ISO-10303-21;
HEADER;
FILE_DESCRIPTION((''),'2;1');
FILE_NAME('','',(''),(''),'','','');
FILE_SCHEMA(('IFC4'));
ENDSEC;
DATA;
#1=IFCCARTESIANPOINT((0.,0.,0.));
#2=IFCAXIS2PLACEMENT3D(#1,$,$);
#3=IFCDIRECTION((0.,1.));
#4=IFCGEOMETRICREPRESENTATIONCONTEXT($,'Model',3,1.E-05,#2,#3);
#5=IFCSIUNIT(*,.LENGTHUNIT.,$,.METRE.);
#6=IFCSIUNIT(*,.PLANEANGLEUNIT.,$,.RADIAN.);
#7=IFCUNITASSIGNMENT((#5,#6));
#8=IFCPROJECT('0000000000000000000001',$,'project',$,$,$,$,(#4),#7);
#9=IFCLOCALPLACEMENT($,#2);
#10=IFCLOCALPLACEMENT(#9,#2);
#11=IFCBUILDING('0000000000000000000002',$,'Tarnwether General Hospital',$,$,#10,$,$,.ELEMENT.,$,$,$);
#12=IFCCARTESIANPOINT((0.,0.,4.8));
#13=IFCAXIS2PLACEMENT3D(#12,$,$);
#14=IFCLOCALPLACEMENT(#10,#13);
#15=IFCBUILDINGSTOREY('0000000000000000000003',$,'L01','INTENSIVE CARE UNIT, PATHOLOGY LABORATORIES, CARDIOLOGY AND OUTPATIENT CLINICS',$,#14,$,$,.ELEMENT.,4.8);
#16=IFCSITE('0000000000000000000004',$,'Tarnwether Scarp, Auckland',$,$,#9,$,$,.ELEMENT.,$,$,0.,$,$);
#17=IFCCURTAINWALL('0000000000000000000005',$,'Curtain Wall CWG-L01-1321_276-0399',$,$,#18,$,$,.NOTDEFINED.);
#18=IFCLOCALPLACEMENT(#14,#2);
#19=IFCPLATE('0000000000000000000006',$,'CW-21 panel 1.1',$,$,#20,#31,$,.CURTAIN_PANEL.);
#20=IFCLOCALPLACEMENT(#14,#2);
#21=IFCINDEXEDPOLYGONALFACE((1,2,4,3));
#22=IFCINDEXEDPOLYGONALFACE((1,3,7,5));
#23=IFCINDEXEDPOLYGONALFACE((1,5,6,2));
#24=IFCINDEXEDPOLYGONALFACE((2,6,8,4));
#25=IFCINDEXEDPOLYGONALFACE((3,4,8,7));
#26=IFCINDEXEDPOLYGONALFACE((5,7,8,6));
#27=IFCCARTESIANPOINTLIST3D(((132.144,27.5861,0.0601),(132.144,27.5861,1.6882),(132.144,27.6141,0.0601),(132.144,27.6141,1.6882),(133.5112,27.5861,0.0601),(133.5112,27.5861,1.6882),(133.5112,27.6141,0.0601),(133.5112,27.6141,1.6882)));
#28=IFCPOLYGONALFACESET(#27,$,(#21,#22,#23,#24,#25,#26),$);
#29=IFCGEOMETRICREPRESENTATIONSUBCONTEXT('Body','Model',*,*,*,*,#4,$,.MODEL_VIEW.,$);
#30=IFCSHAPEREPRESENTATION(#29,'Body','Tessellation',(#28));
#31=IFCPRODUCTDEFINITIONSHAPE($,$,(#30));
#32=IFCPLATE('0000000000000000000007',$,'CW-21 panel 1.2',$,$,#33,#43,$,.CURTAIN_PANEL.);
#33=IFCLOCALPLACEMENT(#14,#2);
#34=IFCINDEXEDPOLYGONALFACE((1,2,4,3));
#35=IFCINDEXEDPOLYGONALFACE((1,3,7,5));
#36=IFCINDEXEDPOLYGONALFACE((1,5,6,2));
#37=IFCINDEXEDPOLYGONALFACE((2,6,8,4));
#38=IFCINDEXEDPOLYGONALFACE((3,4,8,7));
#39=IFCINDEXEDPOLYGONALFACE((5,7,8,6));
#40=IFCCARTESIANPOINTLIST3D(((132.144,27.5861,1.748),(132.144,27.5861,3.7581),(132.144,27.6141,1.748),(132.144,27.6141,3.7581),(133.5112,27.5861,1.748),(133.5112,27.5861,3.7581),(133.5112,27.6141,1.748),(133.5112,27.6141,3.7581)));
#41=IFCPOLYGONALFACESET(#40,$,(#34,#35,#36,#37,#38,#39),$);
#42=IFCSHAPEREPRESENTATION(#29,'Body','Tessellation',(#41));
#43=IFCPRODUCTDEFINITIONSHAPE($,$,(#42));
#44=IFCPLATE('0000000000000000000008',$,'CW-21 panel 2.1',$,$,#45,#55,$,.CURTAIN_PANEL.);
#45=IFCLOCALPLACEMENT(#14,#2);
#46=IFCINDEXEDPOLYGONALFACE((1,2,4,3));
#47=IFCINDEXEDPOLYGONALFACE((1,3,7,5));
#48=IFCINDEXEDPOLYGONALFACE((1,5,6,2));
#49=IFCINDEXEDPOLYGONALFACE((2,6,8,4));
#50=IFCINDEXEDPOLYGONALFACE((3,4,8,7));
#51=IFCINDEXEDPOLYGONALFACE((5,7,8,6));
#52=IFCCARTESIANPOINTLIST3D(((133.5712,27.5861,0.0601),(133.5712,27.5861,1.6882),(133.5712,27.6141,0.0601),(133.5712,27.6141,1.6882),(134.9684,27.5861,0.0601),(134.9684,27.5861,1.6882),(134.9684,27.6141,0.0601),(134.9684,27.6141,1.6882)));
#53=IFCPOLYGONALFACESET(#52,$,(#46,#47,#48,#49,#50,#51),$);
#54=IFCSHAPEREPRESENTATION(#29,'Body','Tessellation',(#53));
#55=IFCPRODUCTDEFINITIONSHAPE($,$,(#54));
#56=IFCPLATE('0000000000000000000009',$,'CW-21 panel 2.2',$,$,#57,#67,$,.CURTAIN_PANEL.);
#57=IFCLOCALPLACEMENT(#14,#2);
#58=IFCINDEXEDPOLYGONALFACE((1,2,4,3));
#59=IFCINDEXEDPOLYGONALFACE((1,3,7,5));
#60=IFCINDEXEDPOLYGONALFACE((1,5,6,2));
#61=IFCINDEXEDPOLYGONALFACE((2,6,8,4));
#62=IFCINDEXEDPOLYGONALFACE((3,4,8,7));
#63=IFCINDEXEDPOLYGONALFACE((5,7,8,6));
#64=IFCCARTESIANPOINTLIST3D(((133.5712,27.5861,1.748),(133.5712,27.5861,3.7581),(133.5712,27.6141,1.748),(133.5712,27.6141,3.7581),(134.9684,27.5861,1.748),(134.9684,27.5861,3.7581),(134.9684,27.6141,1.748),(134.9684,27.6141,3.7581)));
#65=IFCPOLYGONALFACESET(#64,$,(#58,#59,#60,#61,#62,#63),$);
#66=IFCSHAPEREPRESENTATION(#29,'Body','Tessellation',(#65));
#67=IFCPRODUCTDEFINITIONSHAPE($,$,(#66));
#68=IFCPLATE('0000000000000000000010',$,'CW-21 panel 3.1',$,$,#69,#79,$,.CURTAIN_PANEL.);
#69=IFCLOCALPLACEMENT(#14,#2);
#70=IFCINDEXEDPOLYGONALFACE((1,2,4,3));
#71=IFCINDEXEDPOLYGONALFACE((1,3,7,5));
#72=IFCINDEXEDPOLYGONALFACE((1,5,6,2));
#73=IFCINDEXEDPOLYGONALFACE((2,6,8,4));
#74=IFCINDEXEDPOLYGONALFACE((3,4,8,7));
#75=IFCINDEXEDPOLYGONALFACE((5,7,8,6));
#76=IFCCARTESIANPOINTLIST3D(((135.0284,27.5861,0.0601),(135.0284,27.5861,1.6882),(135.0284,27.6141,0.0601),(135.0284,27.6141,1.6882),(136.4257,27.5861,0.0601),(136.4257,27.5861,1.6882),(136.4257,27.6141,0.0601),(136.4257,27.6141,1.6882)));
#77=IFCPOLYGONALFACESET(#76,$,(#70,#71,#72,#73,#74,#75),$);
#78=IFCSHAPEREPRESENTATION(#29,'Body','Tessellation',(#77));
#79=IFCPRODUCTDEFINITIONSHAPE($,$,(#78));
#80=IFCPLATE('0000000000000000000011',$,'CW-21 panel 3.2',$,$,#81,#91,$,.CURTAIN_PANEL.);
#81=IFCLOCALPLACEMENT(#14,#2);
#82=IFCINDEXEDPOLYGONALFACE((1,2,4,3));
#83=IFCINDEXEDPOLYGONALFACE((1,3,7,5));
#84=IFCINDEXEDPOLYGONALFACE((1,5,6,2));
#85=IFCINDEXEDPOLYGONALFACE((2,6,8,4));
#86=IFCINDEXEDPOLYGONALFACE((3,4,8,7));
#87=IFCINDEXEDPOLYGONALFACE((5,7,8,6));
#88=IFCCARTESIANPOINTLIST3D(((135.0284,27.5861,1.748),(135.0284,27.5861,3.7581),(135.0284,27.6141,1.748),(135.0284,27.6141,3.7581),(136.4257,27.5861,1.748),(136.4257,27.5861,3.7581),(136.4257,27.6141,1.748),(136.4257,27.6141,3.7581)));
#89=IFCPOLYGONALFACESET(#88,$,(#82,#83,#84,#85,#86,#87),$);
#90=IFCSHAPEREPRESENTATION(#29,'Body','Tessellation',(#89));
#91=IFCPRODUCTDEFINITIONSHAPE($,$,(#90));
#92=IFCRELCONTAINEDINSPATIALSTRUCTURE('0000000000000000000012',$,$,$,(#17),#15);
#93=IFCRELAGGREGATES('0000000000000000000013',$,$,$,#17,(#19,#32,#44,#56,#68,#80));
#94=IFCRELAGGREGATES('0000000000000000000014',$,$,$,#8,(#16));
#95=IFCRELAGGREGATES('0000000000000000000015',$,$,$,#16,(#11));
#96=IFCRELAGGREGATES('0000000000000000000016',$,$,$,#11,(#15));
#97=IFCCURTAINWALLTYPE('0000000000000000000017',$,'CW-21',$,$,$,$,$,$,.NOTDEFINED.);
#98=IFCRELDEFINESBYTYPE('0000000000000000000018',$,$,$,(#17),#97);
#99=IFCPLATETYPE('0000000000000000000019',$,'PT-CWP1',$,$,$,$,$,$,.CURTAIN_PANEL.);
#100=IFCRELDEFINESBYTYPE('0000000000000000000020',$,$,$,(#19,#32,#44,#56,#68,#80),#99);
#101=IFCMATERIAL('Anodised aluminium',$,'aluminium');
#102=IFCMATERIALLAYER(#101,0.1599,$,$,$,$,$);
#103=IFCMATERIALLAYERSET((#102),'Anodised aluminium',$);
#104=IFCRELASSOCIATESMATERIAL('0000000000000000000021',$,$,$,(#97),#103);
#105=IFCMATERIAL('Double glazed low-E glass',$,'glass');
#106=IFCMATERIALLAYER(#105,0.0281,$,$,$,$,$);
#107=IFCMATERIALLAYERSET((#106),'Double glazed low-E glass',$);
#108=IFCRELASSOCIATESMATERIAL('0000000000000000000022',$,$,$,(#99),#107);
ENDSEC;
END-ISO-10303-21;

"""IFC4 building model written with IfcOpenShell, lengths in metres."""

from ifc_helpers import new_model, si_unit, direction, frame, origin, origin_2d, place, context, subcontext, project, spatial, rectangle, extrude, material, layer, layer_set, type_object, element, aggregate, save


model = new_model("IFC4")

# Units and contexts
model_context = context("Model", 3, precision=1e-05, world=origin(), true_north=direction((0.0, 1.0)))
body_context = subcontext(model_context, "Body", "Model", "MODEL_VIEW")
ifc_project = project(units=[si_unit("LENGTHUNIT", "METRE"), si_unit("PLANEANGLEUNIT", "RADIAN")], contexts=[model_context])

# Site, building, storey
site_placement = place(None, origin())
site = spatial("IfcSite", under=ifc_project, at=site_placement, Name="Tarnwether Scarp, Auckland", CompositionType="ELEMENT", RefElevation=0.0)
building_placement = place(site_placement, origin())
building = spatial("IfcBuilding", under=site, at=building_placement, Name="Tarnwether General Hospital", CompositionType="ELEMENT")
storey_placement = place(building_placement, frame((0.0, 0.0, 4.8)))
storey = spatial("IfcBuildingStorey", under=building, at=storey_placement, Name="L01", Description="INTENSIVE CARE UNIT, PATHOLOGY LABORATORIES, CARDIOLOGY AND OUTPATIENT CLINICS", CompositionType="ELEMENT", Elevation=4.8)

# Curtain wall, plates
ifc_material_1 = material(Name="Anodised aluminium", Category="aluminium")
ifc_layer_1 = layer(ifc_material_1, 0.1599)
ifc_layer_set_1 = layer_set([ifc_layer_1], Name="Anodised aluminium")
curtain_wall_type = type_object("IfcCurtainWallType", Name="CW-21", PredefinedType="NOTDEFINED", material=ifc_layer_set_1)
curtain_wall_placement = place(storey_placement, origin())
curtain_wall = element("IfcCurtainWall", 1, at=curtain_wall_placement, inside=storey, type_object=curtain_wall_type, Name="Curtain Wall CWG-L01-1321_276-0399", PredefinedType="NOTDEFINED")
ifc_material_2 = material(Name="Double glazed low-E glass", Category="glass")
ifc_layer_2 = layer(ifc_material_2, 0.0281)
ifc_layer_set_2 = layer_set([ifc_layer_2], Name="Double glazed low-E glass")
plate_type = type_object("IfcPlateType", Name="PT-CWP1", PredefinedType="CURTAIN_PANEL", material=ifc_layer_set_2)
plate_1_placement = place(storey_placement, frame((132.8276, 27.6001, 0.0601), z_axis=(0.0, 0.0, 1.0), x_axis=(1.0, 0.0, 0.0)))
plate_1 = element("IfcPlate", 2, at=plate_1_placement, type_object=plate_type, Name="CW-21 panel 1.1", PredefinedType="CURTAIN_PANEL", context=body_context, shape_type="SweptSolid", body=[
    extrude(rectangle(XDim=1.3672, YDim=0.0281, at=origin_2d()), origin(), (0.0, 0.0, 1.0), 1.6282),
])
plate_2_placement = place(storey_placement, frame((132.8276, 27.6001, 1.748), z_axis=(0.0, 0.0, 1.0), x_axis=(1.0, 0.0, 0.0)))
plate_2 = element("IfcPlate", 3, at=plate_2_placement, type_object=plate_type, Name="CW-21 panel 1.2", PredefinedType="CURTAIN_PANEL", context=body_context, shape_type="SweptSolid", body=[
    extrude(rectangle(XDim=1.3672, YDim=0.0281, at=origin_2d()), origin(), (0.0, 0.0, 1.0), 2.01),
])
plate_3_placement = place(storey_placement, frame((134.2698, 27.6001, 0.0601), z_axis=(0.0, 0.0, 1.0), x_axis=(1.0, 0.0, 0.0)))
plate_3 = element("IfcPlate", 4, at=plate_3_placement, type_object=plate_type, Name="CW-21 panel 2.1", PredefinedType="CURTAIN_PANEL", context=body_context, shape_type="SweptSolid", body=[
    extrude(rectangle(XDim=1.3972, YDim=0.0281, at=origin_2d()), origin(), (0.0, 0.0, 1.0), 1.6282),
])
plate_4_placement = place(storey_placement, frame((134.2698, 27.6001, 1.748), z_axis=(0.0, 0.0, 1.0), x_axis=(1.0, 0.0, 0.0)))
plate_4 = element("IfcPlate", 5, at=plate_4_placement, type_object=plate_type, Name="CW-21 panel 2.2", PredefinedType="CURTAIN_PANEL", context=body_context, shape_type="SweptSolid", body=[
    extrude(rectangle(XDim=1.3972, YDim=0.0281, at=origin_2d()), origin(), (0.0, 0.0, 1.0), 2.01),
])
plate_5_placement = place(storey_placement, frame((135.7271, 27.6001, 0.0601), z_axis=(0.0, 0.0, 1.0), x_axis=(1.0, 0.0, 0.0)))
plate_5 = element("IfcPlate", 6, at=plate_5_placement, type_object=plate_type, Name="CW-21 panel 3.1", PredefinedType="CURTAIN_PANEL", context=body_context, shape_type="SweptSolid", body=[
    extrude(rectangle(XDim=1.3972, YDim=0.0281, at=origin_2d()), origin(), (0.0, 0.0, 1.0), 1.6282),
])
plate_6_placement = place(storey_placement, frame((135.7271, 27.6001, 1.748), z_axis=(0.0, 0.0, 1.0), x_axis=(1.0, 0.0, 0.0)))
plate_6 = element("IfcPlate", 7, at=plate_6_placement, type_object=plate_type, Name="CW-21 panel 3.2", PredefinedType="CURTAIN_PANEL", context=body_context, shape_type="SweptSolid", body=[
    extrude(rectangle(XDim=1.3972, YDim=0.0281, at=origin_2d()), origin(), (0.0, 0.0, 1.0), 2.01),
])
aggregate(curtain_wall, [plate_1, plate_2, plate_3, plate_4, plate_5, plate_6])

save(model, "model.ifc")
